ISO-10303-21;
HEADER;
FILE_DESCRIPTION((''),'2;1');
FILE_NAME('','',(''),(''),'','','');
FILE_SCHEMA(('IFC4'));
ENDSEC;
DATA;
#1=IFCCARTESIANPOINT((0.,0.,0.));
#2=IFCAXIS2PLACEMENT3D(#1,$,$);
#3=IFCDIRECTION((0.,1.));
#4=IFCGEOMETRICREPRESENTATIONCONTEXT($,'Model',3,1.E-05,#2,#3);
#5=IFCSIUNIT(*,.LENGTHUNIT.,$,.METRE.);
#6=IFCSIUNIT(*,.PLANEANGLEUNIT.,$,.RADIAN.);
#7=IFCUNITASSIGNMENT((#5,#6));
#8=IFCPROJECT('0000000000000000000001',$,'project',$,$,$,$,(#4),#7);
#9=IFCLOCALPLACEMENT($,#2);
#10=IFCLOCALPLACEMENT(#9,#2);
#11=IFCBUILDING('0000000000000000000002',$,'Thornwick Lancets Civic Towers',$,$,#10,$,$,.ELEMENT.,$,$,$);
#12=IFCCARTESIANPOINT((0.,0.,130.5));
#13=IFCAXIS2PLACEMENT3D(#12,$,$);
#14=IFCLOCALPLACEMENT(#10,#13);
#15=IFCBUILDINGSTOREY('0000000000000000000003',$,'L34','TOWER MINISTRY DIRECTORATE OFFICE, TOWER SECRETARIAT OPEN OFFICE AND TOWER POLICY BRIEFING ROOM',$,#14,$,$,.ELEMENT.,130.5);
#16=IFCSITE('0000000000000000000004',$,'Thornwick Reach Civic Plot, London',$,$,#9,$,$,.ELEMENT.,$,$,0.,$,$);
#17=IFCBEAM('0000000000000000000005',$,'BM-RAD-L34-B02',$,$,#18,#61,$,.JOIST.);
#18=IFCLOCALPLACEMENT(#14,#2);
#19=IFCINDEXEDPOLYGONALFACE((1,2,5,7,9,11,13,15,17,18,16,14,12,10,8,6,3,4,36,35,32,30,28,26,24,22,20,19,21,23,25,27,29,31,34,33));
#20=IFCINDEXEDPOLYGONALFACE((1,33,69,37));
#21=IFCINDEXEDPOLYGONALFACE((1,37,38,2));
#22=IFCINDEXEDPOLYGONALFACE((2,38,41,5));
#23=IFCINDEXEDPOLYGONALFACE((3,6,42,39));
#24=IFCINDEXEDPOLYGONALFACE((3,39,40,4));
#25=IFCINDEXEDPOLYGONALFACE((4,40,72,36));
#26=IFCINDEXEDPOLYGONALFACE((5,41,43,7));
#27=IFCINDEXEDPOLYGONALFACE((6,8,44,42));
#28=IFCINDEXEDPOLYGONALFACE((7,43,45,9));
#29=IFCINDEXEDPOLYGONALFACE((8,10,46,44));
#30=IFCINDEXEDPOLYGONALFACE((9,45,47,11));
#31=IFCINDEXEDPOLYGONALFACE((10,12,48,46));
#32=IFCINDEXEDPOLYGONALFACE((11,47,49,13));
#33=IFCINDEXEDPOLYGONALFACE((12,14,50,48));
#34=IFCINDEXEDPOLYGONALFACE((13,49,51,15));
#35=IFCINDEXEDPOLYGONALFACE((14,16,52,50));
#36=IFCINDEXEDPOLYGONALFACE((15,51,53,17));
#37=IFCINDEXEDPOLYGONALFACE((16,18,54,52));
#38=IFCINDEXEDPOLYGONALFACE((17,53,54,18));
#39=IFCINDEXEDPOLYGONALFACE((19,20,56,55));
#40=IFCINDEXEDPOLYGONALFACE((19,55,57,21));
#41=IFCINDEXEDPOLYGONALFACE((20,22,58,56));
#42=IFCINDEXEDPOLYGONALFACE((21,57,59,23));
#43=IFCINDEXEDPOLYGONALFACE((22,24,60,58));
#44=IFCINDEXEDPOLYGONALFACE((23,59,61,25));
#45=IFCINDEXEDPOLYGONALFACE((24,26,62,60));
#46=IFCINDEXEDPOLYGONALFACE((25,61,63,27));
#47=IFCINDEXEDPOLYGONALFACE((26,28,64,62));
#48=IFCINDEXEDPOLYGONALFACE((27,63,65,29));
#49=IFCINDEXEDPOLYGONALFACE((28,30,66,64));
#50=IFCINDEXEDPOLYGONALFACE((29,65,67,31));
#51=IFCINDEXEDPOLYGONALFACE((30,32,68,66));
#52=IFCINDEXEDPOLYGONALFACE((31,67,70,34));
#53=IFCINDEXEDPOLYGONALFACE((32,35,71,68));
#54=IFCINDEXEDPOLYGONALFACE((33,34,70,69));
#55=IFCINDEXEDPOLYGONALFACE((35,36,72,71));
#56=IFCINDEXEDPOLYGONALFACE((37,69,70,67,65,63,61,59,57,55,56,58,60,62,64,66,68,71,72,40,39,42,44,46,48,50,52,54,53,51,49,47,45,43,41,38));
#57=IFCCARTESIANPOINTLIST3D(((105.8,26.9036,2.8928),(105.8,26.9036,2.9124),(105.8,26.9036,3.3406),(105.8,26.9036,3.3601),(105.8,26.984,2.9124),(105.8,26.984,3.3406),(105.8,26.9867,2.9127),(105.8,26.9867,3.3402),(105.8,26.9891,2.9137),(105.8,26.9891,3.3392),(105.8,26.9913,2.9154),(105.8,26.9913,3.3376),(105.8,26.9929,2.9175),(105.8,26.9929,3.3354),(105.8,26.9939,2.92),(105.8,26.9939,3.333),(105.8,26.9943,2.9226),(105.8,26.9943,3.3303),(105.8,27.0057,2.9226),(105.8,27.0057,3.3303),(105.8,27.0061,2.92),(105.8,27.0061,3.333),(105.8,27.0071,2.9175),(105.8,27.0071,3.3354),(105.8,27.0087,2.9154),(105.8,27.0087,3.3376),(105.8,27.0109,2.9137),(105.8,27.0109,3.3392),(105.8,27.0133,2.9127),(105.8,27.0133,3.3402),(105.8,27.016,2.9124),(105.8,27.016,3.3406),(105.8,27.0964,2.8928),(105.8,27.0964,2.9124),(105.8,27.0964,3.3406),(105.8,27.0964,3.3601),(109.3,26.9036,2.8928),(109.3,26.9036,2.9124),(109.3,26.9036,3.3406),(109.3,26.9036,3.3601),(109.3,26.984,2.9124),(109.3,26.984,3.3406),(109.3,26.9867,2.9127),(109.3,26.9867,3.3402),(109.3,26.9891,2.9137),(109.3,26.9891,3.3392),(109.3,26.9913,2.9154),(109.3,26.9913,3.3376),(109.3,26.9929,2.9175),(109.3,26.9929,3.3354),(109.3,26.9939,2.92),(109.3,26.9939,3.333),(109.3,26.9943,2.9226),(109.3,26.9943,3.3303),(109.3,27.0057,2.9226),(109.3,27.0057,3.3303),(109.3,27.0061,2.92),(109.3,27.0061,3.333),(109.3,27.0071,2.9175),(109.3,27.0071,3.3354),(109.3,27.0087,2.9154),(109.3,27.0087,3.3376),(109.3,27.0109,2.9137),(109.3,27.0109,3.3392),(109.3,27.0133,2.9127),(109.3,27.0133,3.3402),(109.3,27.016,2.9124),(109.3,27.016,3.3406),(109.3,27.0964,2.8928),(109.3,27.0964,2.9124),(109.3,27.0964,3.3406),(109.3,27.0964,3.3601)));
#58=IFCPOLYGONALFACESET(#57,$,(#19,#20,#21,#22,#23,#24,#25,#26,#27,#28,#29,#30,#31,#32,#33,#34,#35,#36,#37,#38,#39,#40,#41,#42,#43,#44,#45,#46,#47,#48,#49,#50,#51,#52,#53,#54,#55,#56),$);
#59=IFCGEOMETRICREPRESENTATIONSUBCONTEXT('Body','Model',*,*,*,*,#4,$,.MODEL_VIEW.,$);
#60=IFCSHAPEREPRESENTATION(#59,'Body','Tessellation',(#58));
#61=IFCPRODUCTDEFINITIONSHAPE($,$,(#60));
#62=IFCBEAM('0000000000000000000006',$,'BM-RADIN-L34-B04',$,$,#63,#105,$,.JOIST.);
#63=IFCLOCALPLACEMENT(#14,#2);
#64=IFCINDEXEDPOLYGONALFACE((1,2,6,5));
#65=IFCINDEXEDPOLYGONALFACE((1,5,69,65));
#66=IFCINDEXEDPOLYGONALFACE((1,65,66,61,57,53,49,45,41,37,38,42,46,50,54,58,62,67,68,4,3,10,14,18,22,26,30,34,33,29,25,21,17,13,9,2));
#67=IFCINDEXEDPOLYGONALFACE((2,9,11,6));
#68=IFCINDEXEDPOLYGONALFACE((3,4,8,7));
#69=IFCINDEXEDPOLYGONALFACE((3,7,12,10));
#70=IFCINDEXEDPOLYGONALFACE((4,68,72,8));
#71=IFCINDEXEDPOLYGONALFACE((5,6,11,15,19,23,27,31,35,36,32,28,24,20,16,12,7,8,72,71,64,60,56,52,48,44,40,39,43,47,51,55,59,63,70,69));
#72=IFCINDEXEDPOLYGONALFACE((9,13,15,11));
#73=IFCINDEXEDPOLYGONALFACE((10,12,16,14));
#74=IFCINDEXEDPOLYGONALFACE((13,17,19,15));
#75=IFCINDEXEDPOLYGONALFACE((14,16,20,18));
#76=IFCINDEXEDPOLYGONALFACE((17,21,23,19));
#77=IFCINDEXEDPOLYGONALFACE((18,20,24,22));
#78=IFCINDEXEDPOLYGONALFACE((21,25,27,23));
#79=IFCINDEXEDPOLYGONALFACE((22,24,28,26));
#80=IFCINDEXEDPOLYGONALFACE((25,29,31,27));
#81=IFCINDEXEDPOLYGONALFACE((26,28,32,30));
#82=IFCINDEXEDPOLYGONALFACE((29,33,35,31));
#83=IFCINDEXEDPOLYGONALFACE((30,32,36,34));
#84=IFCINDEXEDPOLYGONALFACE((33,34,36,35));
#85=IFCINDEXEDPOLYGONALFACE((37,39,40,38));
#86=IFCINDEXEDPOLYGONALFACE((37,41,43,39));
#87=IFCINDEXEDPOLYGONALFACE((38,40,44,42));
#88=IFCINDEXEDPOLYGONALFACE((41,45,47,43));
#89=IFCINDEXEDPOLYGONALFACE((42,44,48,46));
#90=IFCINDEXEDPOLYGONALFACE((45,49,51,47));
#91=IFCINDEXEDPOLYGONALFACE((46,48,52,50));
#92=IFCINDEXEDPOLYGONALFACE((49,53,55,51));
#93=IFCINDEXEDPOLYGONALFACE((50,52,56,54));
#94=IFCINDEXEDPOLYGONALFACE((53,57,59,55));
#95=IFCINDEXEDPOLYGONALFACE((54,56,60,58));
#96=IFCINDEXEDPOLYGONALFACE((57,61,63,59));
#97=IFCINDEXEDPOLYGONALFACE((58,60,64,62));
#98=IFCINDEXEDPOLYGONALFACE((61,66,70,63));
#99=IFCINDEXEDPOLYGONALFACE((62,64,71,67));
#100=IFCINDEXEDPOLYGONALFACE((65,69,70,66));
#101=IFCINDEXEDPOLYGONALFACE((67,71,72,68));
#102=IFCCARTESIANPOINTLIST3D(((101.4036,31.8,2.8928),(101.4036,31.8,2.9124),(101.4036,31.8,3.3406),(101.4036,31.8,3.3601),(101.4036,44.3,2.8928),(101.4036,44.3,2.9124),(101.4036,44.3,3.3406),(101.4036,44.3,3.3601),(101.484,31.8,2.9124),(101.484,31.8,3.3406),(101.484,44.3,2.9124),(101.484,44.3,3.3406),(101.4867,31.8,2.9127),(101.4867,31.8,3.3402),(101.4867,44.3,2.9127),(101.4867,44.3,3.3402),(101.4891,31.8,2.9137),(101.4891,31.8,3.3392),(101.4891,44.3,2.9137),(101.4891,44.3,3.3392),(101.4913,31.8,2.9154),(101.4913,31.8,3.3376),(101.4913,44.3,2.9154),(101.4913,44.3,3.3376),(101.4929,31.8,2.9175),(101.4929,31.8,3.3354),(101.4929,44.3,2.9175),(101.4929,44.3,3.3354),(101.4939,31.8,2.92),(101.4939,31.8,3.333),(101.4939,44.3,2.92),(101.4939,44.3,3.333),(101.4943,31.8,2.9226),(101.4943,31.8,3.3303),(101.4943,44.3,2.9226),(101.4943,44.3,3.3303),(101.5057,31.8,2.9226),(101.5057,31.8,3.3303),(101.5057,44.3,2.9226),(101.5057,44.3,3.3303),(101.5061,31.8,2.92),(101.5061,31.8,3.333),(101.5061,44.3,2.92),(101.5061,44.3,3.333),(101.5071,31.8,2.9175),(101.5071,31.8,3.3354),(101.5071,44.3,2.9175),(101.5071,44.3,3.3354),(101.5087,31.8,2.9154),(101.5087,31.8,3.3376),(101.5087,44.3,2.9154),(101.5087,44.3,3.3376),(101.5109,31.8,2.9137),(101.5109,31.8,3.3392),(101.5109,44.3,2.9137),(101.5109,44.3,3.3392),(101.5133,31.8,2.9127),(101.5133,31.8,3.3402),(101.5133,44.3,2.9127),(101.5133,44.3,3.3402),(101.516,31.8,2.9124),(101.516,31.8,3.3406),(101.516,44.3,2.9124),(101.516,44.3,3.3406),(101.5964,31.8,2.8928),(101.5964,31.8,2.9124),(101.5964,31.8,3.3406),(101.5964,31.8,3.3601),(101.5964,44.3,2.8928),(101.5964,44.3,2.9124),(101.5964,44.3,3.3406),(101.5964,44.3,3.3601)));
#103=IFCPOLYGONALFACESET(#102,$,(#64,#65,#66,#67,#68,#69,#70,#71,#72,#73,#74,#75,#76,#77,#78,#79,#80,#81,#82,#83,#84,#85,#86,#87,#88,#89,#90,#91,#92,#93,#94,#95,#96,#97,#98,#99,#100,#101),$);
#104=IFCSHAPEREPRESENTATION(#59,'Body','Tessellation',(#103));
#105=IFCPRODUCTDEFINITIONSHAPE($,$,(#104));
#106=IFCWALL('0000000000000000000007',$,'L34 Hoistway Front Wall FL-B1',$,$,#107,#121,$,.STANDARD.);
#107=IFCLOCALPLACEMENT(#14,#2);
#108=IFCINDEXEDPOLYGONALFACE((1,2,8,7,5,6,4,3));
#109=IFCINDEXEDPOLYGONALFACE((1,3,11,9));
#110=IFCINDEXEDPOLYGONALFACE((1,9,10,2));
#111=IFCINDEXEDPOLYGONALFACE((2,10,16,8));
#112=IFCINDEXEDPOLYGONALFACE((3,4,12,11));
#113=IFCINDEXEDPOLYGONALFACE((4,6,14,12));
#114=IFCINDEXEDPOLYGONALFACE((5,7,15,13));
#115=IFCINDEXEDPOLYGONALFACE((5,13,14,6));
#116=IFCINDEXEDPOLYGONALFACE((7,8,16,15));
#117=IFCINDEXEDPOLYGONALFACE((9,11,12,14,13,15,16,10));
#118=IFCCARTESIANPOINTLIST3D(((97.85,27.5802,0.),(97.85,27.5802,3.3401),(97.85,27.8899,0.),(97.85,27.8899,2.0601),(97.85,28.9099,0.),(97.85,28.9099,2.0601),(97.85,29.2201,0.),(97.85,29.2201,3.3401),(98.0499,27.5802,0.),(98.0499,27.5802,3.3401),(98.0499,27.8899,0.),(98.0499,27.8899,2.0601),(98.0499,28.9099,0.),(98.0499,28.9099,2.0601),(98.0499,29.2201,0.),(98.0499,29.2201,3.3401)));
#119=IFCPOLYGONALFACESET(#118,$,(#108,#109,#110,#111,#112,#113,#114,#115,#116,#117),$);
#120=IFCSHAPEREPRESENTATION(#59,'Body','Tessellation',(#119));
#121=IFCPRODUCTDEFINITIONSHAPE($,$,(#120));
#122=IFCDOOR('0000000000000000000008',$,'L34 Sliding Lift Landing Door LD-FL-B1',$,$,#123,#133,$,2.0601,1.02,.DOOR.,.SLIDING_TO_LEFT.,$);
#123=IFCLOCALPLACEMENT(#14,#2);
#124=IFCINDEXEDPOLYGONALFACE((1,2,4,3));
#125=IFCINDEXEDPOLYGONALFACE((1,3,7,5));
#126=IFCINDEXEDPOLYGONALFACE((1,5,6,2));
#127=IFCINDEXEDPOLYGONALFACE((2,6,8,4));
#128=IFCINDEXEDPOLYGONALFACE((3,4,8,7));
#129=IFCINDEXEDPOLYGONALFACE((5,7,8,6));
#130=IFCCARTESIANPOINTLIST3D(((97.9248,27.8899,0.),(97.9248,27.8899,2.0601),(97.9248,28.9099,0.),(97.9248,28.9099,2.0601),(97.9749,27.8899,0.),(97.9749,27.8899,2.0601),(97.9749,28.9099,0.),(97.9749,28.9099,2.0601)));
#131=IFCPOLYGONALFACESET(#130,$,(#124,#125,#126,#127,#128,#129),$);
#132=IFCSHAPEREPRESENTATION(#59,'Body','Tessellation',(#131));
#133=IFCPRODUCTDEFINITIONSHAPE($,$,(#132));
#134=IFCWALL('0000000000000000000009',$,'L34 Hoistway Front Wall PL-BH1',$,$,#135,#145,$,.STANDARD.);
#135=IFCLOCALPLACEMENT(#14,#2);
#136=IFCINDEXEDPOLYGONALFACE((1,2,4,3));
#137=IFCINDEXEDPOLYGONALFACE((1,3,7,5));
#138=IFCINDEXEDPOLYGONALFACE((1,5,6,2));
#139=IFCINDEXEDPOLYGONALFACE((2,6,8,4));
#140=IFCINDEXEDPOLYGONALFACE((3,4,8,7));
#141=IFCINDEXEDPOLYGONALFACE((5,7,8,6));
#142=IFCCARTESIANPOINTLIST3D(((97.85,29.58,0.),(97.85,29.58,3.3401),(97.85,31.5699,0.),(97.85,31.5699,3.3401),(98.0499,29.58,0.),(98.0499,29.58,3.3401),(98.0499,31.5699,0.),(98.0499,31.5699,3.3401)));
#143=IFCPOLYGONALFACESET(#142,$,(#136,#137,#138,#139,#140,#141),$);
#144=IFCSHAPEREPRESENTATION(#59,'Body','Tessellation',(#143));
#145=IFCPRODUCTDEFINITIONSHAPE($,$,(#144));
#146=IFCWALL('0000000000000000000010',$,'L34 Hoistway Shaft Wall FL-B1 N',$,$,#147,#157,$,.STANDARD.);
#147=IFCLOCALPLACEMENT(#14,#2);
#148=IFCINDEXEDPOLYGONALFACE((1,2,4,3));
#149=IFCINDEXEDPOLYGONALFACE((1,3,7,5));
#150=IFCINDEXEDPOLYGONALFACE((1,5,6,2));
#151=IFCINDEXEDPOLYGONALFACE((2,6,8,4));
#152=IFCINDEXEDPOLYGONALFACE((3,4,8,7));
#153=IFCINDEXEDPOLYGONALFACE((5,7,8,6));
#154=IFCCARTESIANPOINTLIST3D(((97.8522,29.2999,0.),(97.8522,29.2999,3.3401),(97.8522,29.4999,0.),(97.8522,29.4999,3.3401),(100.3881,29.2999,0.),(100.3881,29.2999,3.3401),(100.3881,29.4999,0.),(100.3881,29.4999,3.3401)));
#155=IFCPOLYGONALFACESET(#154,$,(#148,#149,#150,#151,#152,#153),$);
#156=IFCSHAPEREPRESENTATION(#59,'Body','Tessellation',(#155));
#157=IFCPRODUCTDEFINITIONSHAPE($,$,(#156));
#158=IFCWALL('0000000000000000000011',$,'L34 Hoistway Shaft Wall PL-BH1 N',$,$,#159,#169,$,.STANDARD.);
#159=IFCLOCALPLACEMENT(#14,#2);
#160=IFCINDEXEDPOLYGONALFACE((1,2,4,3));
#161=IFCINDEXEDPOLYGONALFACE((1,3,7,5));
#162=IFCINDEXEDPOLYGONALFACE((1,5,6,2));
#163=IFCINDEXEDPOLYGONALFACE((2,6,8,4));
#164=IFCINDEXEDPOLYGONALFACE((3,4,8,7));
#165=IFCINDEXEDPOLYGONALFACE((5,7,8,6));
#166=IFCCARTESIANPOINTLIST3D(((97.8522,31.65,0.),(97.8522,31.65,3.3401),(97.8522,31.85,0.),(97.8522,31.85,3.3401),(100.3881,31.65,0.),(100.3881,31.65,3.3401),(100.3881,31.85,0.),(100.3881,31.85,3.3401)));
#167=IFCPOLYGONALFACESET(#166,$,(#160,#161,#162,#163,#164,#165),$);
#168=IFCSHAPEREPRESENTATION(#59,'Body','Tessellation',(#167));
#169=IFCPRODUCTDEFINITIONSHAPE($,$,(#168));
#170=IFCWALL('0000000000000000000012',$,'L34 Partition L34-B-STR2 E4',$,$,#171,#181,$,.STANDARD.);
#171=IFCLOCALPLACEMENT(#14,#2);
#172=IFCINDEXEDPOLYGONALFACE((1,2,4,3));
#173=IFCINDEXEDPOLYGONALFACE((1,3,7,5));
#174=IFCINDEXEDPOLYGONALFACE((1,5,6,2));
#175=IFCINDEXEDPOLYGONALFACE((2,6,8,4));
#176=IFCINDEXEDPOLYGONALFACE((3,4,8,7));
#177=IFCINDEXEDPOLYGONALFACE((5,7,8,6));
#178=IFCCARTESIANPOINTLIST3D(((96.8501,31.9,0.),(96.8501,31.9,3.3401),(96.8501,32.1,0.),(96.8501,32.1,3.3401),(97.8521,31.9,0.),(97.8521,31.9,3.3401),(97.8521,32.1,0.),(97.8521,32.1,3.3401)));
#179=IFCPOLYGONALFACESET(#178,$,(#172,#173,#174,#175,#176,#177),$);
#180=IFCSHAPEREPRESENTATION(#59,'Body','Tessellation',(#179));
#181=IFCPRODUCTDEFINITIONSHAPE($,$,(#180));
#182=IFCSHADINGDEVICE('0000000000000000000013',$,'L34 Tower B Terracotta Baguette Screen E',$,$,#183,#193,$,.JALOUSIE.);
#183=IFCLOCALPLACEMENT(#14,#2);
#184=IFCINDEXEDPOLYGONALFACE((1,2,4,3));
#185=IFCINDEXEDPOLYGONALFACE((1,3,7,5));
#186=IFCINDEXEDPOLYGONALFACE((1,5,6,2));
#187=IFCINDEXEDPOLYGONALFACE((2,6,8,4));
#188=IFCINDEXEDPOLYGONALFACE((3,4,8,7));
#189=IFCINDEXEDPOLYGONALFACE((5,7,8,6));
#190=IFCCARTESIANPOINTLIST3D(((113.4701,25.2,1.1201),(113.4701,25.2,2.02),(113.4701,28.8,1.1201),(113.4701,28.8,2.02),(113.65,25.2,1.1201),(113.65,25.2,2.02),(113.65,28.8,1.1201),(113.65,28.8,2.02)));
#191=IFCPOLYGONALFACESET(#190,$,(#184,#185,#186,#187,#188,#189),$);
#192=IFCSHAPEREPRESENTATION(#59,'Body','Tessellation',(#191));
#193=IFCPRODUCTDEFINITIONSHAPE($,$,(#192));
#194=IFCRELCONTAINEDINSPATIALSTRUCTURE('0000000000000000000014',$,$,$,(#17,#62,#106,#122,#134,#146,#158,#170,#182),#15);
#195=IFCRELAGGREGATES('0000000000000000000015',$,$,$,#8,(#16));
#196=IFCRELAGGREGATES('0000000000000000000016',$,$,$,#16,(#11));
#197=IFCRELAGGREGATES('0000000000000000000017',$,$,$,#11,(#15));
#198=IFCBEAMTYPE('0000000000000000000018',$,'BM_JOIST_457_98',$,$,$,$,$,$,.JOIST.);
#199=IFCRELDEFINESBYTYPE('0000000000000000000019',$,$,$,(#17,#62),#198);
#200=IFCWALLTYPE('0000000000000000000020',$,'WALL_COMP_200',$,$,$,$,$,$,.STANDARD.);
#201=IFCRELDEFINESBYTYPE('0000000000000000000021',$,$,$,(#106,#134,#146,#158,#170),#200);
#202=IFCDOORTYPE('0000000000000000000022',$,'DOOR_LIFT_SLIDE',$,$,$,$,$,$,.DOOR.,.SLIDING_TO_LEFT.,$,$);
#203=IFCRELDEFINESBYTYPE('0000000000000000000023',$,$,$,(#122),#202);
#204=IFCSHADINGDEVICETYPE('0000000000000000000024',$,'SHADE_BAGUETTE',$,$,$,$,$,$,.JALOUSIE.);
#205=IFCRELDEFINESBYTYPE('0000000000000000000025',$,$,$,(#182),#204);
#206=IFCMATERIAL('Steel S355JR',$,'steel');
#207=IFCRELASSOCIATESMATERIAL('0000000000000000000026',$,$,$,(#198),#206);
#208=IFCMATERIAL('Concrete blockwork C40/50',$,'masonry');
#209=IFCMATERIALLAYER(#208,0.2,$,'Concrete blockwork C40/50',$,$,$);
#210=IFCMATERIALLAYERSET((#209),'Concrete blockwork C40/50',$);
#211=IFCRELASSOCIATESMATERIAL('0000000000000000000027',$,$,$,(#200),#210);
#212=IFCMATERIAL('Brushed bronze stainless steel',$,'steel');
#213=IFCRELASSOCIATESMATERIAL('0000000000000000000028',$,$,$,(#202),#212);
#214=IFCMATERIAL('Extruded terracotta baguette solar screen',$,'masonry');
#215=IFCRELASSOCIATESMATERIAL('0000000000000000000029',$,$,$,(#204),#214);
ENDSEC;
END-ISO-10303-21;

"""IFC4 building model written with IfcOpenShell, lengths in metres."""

from ifc_helpers import new_model, si_unit, direction, frame, frame_2d, origin, origin_2d, place, context, subcontext, project, spatial, rectangle, i_section, extrude, material, layer, layer_set, material_profile, profile_set, type_object, element, fill, save


model = new_model("IFC4")

# Units and contexts
model_context = context("Model", 3, precision=1e-05, world=origin(), true_north=direction((0.0, 1.0)))
body_context = subcontext(model_context, "Body", "Model", "MODEL_VIEW")
ifc_project = project(units=[si_unit("LENGTHUNIT", "METRE"), si_unit("PLANEANGLEUNIT", "RADIAN")], contexts=[model_context])

# Site, building, storey
site_placement = place(None, origin())
site = spatial("IfcSite", under=ifc_project, at=site_placement, Name="Thornwick Reach Civic Plot, London", CompositionType="ELEMENT", RefElevation=0.0)
building_placement = place(site_placement, origin())
building = spatial("IfcBuilding", under=site, at=building_placement, Name="Thornwick Lancets Civic Towers", CompositionType="ELEMENT")
storey_placement = place(building_placement, frame((0.0, 0.0, 130.5)))
storey = spatial("IfcBuildingStorey", under=building, at=storey_placement, Name="L34", Description="TOWER MINISTRY DIRECTORATE OFFICE, TOWER SECRETARIAT OPEN OFFICE AND TOWER POLICY BRIEFING ROOM", CompositionType="ELEMENT", Elevation=130.5)

# Beams
ifc_material_1 = material(Name="Steel S355JR", Category="steel")
ifc_material_profile_1 = material_profile(ifc_material_1, i_section(OverallWidth=0.1929, OverallDepth=0.4673, WebThickness=0.0115, FlangeThickness=0.0195, FilletRadius=0.0103, at=origin_2d()), Name="UKB 457x191x98")
ifc_profile_set_1 = profile_set([ifc_material_profile_1], Name="Steel S355JR")
beam_type_1 = type_object("IfcBeamType", Name="BM_JOIST_457_98", PredefinedType="JOIST", material=ifc_profile_set_1)
beam_1_placement = place(storey_placement, frame((105.8, 27.0, 3.1265), z_axis=(1.0, 0.0, 0.0), x_axis=(0.0, 1.0, 0.0)))
element("IfcBeam", 1, at=beam_1_placement, inside=storey, type_object=beam_type_1, Name="BM-RAD-L34-B02", PredefinedType="JOIST", context=body_context, shape_type="SweptSolid", body=[
    extrude(i_section(OverallWidth=0.1929, OverallDepth=0.4673, WebThickness=0.0115, FlangeThickness=0.0195, FilletRadius=0.0103, at=origin_2d()), origin(), (0.0, 0.0, 1.0), 3.5),
])
beam_2_placement = place(storey_placement, frame((101.5, 31.8, 3.1265), z_axis=(0.0, 1.0, 0.0), x_axis=(-1.0, 0.0, 0.0)))
element("IfcBeam", 2, at=beam_2_placement, inside=storey, type_object=beam_type_1, Name="BM-RADIN-L34-B04", PredefinedType="JOIST", context=body_context, shape_type="SweptSolid", body=[
    extrude(i_section(OverallWidth=0.1929, OverallDepth=0.4673, WebThickness=0.0115, FlangeThickness=0.0195, FilletRadius=0.0103, at=origin_2d()), origin(), (0.0, 0.0, 1.0), 12.5),
])

# Wall, opening, door
ifc_material_2 = material(Name="Concrete blockwork C40/50", Category="masonry")
ifc_layer = layer(ifc_material_2, 0.2, Name="Concrete blockwork C40/50")
ifc_layer_set = layer_set([ifc_layer], Name="Concrete blockwork C40/50")
wall_type = type_object("IfcWallType", Name="WALL_COMP_200", PredefinedType="STANDARD", material=ifc_layer_set)
wall_1_placement = place(storey_placement, frame((97.95, 29.22, 0.0), z_axis=(0.0, 0.0, 1.0), x_axis=(0.0, -1.0, 0.0)))
wall_1 = element("IfcWall", 3, at=wall_1_placement, inside=storey, type_object=wall_type, Name="L34 Hoistway Front Wall FL-B1", PredefinedType="STANDARD", context=body_context, shape_type="SweptSolid", body=[
    extrude(rectangle(XDim=1.6399, YDim=0.2, at=frame_2d((0.8198, 0.0))), origin(), (0.0, 0.0, 1.0), 3.3401),
])
opening_placement = place(wall_1_placement, frame((0.3101, 0.0, 0.0)))
opening = element("IfcOpeningElement", 4, at=opening_placement, cuts=wall_1, PredefinedType="OPENING", context=body_context, shape_type="SweptSolid", body=[
    extrude(rectangle(XDim=1.02, YDim=2.0601, at=frame_2d((0.51, 1.03))), frame((0.0, 0.1099, 0.0), z_axis=(0.0, -1.0, 0.0), x_axis=(1.0, 0.0, 0.0)), (0.0, 0.0, 1.0), 0.22),
])
ifc_material_3 = material(Name="Brushed bronze stainless steel", Category="steel")
door_type = type_object("IfcDoorType", Name="DOOR_LIFT_SLIDE", OperationType="SLIDING_TO_LEFT", PredefinedType="DOOR", material=ifc_material_3)
door_placement = place(opening_placement, origin())
door = element("IfcDoor", 5, at=door_placement, inside=storey, type_object=door_type, Name="L34 Sliding Lift Landing Door LD-FL-B1", OperationType="SLIDING_TO_LEFT", OverallHeight=2.0601, OverallWidth=1.02, PredefinedType="DOOR", context=body_context, shape_type="SweptSolid", body=[
    extrude(rectangle(XDim=1.02, YDim=2.0601, at=frame_2d((0.51, 1.03))), frame((0.0, 0.0249, 0.0), z_axis=(0.0, -1.0, 0.0), x_axis=(1.0, 0.0, 0.0)), (0.0, 0.0, 1.0), 0.05),
])
fill(opening, door)

# Walls
wall_2_placement = place(storey_placement, frame((97.95, 31.5701, 0.0), z_axis=(0.0, 0.0, 1.0), x_axis=(0.0, -1.0, 0.0)))
element("IfcWall", 6, at=wall_2_placement, inside=storey, type_object=wall_type, Name="L34 Hoistway Front Wall PL-BH1", PredefinedType="STANDARD", context=body_context, shape_type="SweptSolid", body=[
    extrude(rectangle(XDim=1.99, YDim=0.2, at=frame_2d((0.9951, 0.0))), origin(), (0.0, 0.0, 1.0), 3.3401),
])
for number, where, z_axis, x_axis, name in (
    (7, (97.8521, 29.3999, 0.0), (0.0, 0.0, 1.0), (1.0, 0.0, 0.0), "L34 Hoistway Shaft Wall FL-B1 N"),
    (8, (97.8521, 31.75, 0.0), (0.0, 0.0, 1.0), (1.0, 0.0, 0.0), "L34 Hoistway Shaft Wall PL-BH1 N"),
):
    element("IfcWall", number, at=place(storey_placement, frame(where, z_axis=z_axis, x_axis=x_axis)), inside=storey, type_object=wall_type, Name=name, PredefinedType="STANDARD", context=body_context, shape_type="SweptSolid", body=[
        extrude(rectangle(XDim=2.5359, YDim=0.2, at=frame_2d((1.2681, 0.0))), origin(), (0.0, 0.0, 1.0), 3.3401),
    ])
wall_3_placement = place(storey_placement, frame((97.8521, 32.0, 0.0), z_axis=(0.0, 0.0, 1.0), x_axis=(-1.0, 0.0, 0.0)))
element("IfcWall", 9, at=wall_3_placement, inside=storey, type_object=wall_type, Name="L34 Partition L34-B-STR2 E4", PredefinedType="STANDARD", context=body_context, shape_type="SweptSolid", body=[
    extrude(rectangle(XDim=1.002, YDim=0.2, at=frame_2d((0.501, 0.0))), origin(), (0.0, 0.0, 1.0), 3.3401),
])

# Shading device
ifc_material_4 = material(Name="Extruded terracotta baguette solar screen", Category="masonry")
shading_device_type = type_object("IfcShadingDeviceType", Name="SHADE_BAGUETTE", PredefinedType="JALOUSIE", material=ifc_material_4)
shading_device_placement = place(storey_placement, frame((113.5601, 27.0, 1.1201), z_axis=(0.0, 0.0, 1.0), x_axis=(0.0, 1.0, 0.0)))
element("IfcShadingDevice", 10, at=shading_device_placement, inside=storey, type_object=shading_device_type, Name="L34 Tower B Terracotta Baguette Screen E", PredefinedType="JALOUSIE", context=body_context, shape_type="SweptSolid", body=[
    extrude(rectangle(XDim=3.6001, YDim=0.1799, at=origin_2d()), origin(), (0.0, 0.0, 1.0), 0.8999),
])

save(model, "model.ifc")
